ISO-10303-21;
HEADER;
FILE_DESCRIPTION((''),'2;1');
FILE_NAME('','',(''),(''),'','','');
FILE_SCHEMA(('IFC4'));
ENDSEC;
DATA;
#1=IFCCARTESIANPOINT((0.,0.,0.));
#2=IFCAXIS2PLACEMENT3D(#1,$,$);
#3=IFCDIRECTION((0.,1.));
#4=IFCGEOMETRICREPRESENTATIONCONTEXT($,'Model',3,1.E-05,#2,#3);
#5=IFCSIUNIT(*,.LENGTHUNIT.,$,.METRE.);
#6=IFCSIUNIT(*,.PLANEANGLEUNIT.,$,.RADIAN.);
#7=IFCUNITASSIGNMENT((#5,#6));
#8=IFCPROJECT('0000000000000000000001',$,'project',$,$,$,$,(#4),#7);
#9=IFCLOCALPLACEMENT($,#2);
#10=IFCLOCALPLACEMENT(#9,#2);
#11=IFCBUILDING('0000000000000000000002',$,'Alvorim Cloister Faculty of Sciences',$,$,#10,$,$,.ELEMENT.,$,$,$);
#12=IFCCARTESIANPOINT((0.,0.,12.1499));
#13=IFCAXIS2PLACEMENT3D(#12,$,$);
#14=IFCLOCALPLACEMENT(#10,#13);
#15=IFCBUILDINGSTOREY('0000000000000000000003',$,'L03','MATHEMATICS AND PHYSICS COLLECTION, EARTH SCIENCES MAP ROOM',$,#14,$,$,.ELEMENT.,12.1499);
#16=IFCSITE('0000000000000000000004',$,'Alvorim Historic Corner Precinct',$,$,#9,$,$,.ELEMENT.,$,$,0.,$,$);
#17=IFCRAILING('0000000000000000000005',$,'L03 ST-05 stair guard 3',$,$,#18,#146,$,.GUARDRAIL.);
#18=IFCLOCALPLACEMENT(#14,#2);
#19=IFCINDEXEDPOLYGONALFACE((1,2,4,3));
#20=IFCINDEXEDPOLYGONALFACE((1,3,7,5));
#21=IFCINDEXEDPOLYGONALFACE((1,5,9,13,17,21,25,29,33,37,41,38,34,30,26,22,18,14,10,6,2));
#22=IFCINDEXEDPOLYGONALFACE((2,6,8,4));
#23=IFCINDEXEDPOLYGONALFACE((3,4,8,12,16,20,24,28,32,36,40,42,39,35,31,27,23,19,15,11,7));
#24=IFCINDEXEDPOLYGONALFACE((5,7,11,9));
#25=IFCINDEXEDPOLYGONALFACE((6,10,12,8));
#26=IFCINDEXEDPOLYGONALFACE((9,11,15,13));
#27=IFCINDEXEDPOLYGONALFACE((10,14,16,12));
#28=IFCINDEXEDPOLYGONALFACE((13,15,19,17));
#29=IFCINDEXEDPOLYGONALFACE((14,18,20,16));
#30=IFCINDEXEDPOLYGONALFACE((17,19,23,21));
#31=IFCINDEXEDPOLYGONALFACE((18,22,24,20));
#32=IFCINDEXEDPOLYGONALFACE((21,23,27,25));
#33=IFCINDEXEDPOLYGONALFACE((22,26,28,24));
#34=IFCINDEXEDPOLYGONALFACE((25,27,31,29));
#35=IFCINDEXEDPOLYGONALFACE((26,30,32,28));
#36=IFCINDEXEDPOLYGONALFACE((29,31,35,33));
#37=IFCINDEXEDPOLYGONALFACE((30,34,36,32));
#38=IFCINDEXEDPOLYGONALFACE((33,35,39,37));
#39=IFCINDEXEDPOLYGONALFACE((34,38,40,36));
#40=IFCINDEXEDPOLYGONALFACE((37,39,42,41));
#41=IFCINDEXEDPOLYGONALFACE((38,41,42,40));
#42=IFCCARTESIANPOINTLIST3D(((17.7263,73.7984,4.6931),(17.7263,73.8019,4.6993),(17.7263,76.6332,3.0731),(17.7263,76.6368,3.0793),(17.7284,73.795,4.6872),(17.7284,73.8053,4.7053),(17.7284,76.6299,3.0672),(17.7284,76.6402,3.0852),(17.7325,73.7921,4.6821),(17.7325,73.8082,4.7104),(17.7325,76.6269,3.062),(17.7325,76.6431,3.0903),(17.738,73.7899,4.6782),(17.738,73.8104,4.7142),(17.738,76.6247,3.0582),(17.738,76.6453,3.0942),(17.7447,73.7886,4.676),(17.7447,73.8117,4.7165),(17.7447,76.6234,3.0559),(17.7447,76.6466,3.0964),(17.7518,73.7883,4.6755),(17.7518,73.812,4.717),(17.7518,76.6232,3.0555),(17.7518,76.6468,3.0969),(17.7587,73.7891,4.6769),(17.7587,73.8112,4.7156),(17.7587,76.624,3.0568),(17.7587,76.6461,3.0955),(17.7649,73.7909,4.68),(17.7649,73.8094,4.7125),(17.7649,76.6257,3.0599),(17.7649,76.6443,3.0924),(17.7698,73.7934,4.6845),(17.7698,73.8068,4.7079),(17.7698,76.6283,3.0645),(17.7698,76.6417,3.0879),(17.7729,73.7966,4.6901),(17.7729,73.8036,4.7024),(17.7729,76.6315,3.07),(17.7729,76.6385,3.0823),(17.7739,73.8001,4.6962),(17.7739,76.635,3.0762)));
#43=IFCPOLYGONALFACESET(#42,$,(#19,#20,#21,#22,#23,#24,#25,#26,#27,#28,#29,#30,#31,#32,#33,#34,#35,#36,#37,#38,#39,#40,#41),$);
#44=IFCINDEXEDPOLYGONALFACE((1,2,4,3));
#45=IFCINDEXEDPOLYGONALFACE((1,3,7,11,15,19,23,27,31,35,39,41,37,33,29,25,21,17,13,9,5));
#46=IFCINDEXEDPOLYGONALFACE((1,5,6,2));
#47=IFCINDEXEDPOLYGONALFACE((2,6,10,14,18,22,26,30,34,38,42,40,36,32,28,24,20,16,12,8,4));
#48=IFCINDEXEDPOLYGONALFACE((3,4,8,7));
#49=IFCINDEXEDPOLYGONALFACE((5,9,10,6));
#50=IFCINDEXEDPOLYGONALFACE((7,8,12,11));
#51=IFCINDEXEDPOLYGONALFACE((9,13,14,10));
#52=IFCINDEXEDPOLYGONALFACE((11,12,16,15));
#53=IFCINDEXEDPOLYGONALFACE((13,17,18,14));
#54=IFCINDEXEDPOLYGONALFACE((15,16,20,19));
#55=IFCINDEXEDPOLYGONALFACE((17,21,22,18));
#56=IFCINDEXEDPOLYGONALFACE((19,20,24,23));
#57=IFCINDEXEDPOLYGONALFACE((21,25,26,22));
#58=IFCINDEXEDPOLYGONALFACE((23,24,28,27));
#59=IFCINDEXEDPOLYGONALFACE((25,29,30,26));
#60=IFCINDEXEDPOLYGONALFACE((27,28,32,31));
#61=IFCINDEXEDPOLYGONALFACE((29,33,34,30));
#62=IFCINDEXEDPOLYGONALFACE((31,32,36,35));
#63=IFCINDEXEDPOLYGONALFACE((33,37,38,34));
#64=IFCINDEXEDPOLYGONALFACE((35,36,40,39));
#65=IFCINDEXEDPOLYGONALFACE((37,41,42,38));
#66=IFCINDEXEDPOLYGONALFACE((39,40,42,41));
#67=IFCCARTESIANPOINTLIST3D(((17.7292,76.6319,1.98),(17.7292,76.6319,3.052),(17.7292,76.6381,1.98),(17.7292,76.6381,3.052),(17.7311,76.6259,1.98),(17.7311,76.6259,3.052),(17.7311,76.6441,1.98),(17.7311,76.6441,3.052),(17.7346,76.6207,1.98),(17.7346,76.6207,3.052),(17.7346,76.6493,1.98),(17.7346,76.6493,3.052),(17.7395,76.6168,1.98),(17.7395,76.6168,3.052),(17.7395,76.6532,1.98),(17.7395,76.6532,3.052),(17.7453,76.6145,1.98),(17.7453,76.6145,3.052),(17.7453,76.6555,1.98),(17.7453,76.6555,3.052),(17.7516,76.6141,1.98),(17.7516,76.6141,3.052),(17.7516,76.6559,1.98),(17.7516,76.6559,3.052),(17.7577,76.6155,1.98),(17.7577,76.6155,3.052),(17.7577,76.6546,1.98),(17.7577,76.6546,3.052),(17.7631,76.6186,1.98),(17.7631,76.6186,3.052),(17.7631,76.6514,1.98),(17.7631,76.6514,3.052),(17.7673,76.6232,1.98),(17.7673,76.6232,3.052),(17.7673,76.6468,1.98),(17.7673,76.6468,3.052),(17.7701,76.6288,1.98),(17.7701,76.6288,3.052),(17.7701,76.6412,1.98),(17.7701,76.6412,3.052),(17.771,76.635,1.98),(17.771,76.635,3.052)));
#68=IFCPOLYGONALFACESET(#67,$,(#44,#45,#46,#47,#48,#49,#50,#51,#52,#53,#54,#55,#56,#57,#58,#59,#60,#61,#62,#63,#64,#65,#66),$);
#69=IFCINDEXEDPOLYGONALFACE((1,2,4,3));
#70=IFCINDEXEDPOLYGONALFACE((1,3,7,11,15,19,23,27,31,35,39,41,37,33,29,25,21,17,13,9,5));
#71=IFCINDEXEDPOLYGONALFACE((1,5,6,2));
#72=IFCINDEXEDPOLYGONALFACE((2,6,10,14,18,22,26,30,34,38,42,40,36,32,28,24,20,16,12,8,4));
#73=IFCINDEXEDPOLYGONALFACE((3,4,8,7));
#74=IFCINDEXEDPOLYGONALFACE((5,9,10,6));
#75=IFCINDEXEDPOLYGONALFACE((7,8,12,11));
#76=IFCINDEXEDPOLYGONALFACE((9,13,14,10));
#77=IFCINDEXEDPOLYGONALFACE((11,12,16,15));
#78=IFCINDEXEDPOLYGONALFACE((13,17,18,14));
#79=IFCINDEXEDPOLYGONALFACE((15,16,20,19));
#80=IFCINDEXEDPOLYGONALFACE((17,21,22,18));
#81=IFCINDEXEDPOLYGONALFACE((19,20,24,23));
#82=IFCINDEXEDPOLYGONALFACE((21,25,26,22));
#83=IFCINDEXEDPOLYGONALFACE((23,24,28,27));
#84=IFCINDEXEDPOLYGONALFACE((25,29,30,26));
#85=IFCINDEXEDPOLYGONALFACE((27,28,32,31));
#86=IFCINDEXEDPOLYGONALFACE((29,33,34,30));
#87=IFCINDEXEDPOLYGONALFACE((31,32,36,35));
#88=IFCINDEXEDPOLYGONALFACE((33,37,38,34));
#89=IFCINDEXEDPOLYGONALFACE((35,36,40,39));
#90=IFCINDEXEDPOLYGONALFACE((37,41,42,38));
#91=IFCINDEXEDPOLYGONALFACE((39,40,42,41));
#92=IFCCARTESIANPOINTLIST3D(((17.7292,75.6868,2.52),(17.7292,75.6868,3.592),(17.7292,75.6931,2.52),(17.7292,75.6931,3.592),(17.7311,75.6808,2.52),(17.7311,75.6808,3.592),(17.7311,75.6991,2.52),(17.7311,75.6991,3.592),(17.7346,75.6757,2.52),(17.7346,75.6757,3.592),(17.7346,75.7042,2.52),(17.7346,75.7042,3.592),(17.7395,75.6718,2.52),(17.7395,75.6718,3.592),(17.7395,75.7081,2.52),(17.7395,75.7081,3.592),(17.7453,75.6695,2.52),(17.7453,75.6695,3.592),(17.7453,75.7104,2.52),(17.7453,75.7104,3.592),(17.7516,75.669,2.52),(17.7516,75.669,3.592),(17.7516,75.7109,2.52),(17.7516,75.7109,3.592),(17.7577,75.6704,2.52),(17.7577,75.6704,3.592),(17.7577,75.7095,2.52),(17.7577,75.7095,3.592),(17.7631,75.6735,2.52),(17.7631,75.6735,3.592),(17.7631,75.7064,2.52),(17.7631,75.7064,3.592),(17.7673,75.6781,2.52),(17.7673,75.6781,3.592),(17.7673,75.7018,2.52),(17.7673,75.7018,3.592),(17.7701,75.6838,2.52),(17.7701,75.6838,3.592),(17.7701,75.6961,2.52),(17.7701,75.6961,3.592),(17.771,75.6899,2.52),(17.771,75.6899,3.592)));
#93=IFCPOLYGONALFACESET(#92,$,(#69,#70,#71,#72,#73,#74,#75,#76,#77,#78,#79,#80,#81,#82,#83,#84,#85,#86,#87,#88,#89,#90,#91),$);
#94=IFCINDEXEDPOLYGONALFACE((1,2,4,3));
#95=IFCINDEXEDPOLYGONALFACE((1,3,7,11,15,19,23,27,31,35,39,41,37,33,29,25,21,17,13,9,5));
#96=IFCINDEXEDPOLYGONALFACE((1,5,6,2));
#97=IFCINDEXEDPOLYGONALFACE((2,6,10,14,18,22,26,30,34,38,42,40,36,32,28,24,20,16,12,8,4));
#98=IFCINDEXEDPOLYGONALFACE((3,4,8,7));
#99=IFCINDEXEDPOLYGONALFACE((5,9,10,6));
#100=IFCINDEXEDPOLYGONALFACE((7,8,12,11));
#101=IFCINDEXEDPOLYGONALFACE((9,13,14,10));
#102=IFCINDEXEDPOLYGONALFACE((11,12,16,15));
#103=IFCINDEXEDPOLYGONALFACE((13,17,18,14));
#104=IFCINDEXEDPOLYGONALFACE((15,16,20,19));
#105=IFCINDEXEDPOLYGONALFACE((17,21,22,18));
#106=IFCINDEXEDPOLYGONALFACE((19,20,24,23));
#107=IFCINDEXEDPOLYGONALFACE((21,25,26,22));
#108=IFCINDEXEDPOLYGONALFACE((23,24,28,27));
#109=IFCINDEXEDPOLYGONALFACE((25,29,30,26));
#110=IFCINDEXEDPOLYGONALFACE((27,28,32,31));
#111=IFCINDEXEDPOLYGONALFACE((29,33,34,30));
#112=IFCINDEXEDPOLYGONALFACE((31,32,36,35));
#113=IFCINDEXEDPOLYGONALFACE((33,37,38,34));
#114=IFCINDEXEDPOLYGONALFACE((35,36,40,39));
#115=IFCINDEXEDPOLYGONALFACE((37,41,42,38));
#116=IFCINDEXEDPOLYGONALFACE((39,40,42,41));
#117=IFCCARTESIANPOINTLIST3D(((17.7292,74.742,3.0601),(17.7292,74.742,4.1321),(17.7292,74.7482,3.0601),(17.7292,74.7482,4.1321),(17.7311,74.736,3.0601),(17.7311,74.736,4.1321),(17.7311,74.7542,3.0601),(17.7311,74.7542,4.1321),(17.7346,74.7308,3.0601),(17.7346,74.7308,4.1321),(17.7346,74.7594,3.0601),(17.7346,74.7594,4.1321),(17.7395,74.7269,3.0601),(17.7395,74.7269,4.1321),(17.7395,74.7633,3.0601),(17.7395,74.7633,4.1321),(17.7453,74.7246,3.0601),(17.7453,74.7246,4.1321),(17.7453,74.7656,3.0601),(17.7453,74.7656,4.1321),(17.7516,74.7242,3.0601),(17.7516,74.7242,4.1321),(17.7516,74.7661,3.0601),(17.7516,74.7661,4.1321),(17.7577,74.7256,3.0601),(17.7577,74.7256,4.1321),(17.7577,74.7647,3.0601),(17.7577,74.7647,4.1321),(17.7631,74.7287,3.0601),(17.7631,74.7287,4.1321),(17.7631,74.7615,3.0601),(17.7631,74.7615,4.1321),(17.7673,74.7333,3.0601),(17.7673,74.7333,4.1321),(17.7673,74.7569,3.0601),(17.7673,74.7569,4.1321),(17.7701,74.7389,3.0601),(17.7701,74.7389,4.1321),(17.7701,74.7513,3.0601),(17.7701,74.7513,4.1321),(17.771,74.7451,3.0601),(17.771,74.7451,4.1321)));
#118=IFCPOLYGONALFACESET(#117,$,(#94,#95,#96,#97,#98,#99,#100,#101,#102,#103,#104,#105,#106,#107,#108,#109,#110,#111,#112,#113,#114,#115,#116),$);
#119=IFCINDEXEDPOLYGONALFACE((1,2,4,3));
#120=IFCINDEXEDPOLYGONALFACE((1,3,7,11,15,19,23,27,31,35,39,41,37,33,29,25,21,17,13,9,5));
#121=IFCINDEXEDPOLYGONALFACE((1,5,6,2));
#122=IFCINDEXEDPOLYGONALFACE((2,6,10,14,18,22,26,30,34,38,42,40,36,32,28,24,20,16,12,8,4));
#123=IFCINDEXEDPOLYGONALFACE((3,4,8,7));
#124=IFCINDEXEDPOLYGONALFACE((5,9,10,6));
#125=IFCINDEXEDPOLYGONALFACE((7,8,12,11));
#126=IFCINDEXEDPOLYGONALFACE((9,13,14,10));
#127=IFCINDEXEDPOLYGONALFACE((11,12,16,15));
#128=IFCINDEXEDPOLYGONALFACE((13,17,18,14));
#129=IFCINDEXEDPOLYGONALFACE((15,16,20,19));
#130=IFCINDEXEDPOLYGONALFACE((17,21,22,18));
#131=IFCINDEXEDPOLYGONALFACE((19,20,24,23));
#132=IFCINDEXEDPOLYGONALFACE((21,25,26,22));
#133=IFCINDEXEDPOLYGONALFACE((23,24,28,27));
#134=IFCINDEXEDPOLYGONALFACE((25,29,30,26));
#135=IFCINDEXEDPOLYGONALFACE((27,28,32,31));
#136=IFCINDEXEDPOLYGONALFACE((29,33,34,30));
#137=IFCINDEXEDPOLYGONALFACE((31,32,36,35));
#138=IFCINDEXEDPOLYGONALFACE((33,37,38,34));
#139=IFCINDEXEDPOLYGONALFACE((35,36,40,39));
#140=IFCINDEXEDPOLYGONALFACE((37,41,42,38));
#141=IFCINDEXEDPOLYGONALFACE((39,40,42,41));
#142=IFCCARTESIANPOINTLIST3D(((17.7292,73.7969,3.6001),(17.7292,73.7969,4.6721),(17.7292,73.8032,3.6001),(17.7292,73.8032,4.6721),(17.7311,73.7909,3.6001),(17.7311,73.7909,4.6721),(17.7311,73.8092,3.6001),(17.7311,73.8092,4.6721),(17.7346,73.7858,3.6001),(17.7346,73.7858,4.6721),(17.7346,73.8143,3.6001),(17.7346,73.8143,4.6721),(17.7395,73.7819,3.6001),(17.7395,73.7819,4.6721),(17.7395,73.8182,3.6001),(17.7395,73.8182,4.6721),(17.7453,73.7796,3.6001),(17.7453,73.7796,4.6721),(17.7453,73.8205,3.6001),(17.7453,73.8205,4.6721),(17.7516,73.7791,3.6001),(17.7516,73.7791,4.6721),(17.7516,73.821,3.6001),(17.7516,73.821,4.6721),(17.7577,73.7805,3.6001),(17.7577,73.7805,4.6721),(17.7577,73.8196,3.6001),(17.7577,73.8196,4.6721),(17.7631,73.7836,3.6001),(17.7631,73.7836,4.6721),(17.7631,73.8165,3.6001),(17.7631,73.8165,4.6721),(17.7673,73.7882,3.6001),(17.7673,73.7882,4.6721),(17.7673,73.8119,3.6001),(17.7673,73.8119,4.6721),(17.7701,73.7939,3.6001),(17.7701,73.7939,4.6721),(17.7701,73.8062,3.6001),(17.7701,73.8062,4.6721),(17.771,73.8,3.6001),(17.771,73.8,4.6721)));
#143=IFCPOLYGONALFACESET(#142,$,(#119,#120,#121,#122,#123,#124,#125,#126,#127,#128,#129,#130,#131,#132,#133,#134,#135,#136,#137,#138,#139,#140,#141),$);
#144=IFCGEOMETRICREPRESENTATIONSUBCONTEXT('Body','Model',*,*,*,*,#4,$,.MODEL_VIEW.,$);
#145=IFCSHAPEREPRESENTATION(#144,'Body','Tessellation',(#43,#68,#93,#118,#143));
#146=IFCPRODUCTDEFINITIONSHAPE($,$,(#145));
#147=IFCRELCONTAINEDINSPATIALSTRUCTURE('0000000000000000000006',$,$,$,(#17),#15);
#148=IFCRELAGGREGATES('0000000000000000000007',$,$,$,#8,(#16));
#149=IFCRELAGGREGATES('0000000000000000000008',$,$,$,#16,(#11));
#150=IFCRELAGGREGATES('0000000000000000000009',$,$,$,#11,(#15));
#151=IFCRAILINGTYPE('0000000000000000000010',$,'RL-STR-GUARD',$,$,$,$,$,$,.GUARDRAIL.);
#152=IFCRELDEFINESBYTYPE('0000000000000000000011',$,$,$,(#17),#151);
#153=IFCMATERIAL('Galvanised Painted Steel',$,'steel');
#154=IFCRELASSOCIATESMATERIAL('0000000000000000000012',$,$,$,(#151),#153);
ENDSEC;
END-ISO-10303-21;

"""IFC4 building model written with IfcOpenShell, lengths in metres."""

from ifc_helpers import new_model, si_unit, direction, frame, origin, origin_2d, place, context, subcontext, project, spatial, circle, extrude, material, type_object, element, save


model = new_model("IFC4")

# Units and contexts
model_context = context("Model", 3, precision=1e-05, world=origin(), true_north=direction((0.0, 1.0)))
body_context = subcontext(model_context, "Body", "Model", "MODEL_VIEW")
ifc_project = project(units=[si_unit("LENGTHUNIT", "METRE"), si_unit("PLANEANGLEUNIT", "RADIAN")], contexts=[model_context])

# Site, building, storey
site_placement = place(None, origin())
site = spatial("IfcSite", under=ifc_project, at=site_placement, Name="Alvorim Historic Corner Precinct", CompositionType="ELEMENT", RefElevation=0.0)
building_placement = place(site_placement, origin())
building = spatial("IfcBuilding", under=site, at=building_placement, Name="Alvorim Cloister Faculty of Sciences", CompositionType="ELEMENT")
storey_placement = place(building_placement, frame((0.0, 0.0, 12.1499)))
storey = spatial("IfcBuildingStorey", under=building, at=storey_placement, Name="L03", Description="MATHEMATICS AND PHYSICS COLLECTION, EARTH SCIENCES MAP ROOM", CompositionType="ELEMENT", Elevation=12.1499)

# Railing
ifc_material_1 = material(Name="Galvanised Painted Steel", Category="steel")
railing_type_1 = type_object("IfcRailingType", Name="RL-STR-GUARD", PredefinedType="GUARDRAIL", material=ifc_material_1)
railing_1_placement = place(storey_placement, frame((17.75, 76.635, 1.98)))
element("IfcRailing", 1, at=railing_1_placement, inside=storey, type_object=railing_type_1, Name="L03 ST-05 stair guard 3", PredefinedType="GUARDRAIL", context=body_context, shape_type="SweptSolid", body=[
    extrude(circle(Radius=0.0239, at=origin_2d()), frame((0.0, 0.0, 1.0962), z_axis=(0.0, -0.868225, 0.496171), x_axis=(1.0, 0.0, 0.0)), (0.0, 0.0, 1.0), 3.2651),
    extrude(circle(Radius=0.021, at=origin_2d()), origin(), (0.0, 0.0, 1.0), 1.072),
    extrude(circle(Radius=0.021, at=origin_2d()), frame((0.0, -0.9451, 0.54)), (0.0, 0.0, 1.0), 1.072),
    extrude(circle(Radius=0.021, at=origin_2d()), frame((0.0, -1.8899, 1.0801)), (0.0, 0.0, 1.0), 1.072),
    extrude(circle(Radius=0.021, at=origin_2d()), frame((0.0, -2.835, 1.6201)), (0.0, 0.0, 1.0), 1.072),
])

save(model, "model.ifc")
